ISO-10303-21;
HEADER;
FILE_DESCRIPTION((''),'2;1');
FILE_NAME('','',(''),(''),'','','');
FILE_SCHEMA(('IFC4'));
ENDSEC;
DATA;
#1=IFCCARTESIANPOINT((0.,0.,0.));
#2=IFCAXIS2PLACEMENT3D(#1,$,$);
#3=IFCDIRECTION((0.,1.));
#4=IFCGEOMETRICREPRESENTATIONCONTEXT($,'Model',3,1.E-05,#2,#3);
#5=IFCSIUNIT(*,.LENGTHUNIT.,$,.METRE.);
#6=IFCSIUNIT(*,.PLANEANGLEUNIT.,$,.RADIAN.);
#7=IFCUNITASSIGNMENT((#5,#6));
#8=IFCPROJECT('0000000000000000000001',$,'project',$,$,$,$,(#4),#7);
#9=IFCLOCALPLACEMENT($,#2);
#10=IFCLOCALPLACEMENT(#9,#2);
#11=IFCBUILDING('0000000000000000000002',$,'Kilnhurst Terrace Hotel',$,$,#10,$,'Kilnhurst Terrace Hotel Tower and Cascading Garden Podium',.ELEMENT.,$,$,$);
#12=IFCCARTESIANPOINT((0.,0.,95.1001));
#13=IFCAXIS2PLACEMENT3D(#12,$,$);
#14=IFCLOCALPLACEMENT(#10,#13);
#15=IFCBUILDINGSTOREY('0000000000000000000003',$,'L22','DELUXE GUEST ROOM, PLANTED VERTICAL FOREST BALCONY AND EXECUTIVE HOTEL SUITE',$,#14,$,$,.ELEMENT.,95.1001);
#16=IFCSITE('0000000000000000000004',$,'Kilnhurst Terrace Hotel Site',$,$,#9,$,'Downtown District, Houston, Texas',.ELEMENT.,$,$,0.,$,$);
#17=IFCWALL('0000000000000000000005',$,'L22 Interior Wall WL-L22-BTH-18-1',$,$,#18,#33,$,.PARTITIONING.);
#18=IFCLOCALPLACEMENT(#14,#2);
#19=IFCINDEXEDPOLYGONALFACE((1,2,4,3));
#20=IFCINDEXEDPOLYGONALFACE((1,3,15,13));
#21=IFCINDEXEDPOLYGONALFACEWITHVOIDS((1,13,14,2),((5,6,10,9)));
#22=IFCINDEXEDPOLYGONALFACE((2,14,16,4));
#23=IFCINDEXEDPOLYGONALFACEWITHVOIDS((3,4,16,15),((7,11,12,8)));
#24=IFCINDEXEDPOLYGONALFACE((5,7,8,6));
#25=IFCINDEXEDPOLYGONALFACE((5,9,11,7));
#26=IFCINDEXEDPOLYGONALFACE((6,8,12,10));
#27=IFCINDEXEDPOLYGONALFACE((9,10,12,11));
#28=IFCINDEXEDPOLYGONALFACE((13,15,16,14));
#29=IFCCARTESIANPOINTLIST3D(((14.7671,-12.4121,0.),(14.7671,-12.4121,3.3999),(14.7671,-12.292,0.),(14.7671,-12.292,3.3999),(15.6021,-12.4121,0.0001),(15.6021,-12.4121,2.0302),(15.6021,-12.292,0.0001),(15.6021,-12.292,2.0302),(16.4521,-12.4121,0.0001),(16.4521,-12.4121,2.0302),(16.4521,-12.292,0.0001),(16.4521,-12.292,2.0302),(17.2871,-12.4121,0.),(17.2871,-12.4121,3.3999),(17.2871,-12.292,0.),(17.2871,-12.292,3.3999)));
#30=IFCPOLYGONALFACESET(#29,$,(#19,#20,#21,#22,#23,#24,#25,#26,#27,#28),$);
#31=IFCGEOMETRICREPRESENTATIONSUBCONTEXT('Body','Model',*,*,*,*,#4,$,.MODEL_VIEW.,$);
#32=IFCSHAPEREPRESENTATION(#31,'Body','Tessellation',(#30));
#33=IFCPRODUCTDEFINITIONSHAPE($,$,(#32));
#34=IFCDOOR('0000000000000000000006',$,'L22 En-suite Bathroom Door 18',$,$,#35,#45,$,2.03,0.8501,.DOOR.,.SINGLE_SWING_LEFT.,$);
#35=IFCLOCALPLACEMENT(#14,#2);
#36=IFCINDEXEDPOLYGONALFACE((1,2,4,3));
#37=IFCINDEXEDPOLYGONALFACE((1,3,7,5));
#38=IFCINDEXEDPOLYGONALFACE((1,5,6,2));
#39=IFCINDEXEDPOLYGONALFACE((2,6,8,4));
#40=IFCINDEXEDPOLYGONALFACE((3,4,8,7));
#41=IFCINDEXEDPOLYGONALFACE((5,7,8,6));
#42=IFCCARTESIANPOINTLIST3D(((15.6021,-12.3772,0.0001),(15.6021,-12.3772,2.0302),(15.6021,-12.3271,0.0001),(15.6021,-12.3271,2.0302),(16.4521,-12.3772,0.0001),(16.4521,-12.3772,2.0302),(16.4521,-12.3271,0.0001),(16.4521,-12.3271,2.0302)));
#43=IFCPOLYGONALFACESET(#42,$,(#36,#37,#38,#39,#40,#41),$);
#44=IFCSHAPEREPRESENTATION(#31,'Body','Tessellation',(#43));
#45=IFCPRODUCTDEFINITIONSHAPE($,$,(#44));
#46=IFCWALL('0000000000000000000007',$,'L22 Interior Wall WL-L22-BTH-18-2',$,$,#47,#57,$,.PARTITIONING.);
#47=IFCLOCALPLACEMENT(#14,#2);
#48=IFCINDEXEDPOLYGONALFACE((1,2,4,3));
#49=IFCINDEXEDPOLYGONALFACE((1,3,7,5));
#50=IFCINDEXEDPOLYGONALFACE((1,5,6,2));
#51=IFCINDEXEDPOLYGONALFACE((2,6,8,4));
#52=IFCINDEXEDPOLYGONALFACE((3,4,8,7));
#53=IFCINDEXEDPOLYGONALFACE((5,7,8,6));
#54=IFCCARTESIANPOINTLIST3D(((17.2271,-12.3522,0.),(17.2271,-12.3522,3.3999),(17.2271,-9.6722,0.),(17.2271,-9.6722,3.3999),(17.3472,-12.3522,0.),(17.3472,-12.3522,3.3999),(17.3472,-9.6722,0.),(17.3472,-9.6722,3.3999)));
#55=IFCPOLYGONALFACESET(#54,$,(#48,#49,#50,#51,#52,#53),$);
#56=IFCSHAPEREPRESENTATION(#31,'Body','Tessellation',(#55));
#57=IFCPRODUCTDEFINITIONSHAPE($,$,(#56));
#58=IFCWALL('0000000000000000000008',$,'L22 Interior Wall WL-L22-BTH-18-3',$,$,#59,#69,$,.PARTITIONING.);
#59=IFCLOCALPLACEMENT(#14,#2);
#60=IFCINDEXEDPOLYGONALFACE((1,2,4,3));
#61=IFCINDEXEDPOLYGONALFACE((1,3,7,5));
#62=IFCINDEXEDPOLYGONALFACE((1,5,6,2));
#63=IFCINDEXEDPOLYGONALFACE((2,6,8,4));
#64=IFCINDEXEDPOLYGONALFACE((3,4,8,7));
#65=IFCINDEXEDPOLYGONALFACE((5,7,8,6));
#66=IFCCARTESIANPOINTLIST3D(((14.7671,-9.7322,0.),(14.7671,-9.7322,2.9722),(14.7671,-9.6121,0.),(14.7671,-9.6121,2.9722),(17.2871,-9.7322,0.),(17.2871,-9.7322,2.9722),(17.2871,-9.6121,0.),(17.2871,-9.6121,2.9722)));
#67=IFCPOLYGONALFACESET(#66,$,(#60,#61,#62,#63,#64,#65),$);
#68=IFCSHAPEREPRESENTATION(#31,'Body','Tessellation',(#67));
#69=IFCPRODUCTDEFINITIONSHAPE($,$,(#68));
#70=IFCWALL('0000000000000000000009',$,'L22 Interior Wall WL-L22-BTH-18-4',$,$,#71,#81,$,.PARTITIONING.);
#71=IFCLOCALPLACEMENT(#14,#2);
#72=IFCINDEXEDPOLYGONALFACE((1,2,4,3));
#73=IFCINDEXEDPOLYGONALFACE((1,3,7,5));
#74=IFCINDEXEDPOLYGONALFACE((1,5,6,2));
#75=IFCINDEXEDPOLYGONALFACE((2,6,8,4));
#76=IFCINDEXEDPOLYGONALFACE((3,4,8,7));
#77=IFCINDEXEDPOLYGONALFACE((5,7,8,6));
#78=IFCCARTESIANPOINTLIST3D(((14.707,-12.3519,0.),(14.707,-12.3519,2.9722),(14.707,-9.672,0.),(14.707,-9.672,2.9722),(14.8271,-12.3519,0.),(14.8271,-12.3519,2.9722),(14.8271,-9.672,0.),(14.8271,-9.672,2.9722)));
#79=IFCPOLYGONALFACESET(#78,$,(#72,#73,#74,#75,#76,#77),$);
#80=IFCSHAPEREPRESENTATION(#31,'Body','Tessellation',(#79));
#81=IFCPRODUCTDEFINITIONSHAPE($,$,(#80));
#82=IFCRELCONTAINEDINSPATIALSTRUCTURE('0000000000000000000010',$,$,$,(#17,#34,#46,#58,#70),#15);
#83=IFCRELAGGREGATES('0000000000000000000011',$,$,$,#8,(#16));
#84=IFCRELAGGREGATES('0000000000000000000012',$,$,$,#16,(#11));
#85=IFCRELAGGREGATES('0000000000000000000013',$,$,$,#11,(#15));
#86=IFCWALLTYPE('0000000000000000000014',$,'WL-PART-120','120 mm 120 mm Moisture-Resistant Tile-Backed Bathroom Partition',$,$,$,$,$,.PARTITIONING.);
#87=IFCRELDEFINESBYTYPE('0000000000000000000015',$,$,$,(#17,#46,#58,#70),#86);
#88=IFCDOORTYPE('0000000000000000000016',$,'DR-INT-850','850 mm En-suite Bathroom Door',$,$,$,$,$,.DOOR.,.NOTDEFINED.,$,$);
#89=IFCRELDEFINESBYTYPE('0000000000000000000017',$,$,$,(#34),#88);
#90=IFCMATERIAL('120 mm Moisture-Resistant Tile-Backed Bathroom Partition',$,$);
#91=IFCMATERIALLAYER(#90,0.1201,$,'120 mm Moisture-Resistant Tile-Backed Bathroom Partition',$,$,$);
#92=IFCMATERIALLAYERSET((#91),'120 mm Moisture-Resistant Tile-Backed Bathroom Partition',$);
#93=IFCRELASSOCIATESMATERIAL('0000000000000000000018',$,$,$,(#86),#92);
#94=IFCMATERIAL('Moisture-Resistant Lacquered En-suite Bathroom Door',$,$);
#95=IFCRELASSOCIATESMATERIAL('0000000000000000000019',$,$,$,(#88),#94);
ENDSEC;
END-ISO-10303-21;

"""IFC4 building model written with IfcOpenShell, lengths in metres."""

from ifc_helpers import new_model, si_unit, direction, frame, frame_2d, origin, place, context, subcontext, project, spatial, rectangle, extrude, material, layer, layer_set, type_object, element, fill, save


model = new_model("IFC4")

# Units and contexts
model_context = context("Model", 3, precision=1e-05, world=origin(), true_north=direction((0.0, 1.0)))
body_context = subcontext(model_context, "Body", "Model", "MODEL_VIEW")
ifc_project = project(units=[si_unit("LENGTHUNIT", "METRE"), si_unit("PLANEANGLEUNIT", "RADIAN")], contexts=[model_context])

# Site, building, storey
site_placement = place(None, origin())
site = spatial("IfcSite", under=ifc_project, at=site_placement, Name="Kilnhurst Terrace Hotel Site", LongName="Downtown District, Houston, Texas", CompositionType="ELEMENT", RefElevation=0.0)
building_placement = place(site_placement, origin())
building = spatial("IfcBuilding", under=site, at=building_placement, Name="Kilnhurst Terrace Hotel", LongName="Kilnhurst Terrace Hotel Tower and Cascading Garden Podium", CompositionType="ELEMENT")
storey_placement = place(building_placement, frame((0.0, 0.0, 95.1001)))
storey = spatial("IfcBuildingStorey", under=building, at=storey_placement, Name="L22", Description="DELUXE GUEST ROOM, PLANTED VERTICAL FOREST BALCONY AND EXECUTIVE HOTEL SUITE", CompositionType="ELEMENT", Elevation=95.1001)

# Shared definitions
ifc_material_1 = material(Name="120 mm Moisture-Resistant Tile-Backed Bathroom Partition")
ifc_layer_1 = layer(ifc_material_1, 0.1201, Name="120 mm Moisture-Resistant Tile-Backed Bathroom Partition")
ifc_layer_set_1 = layer_set([ifc_layer_1], Name="120 mm Moisture-Resistant Tile-Backed Bathroom Partition")
wall_type_1 = type_object("IfcWallType", Name="WL-PART-120", Description="120 mm 120 mm Moisture-Resistant Tile-Backed Bathroom Partition", PredefinedType="PARTITIONING", material=ifc_layer_set_1)

# Wall, opening, door
wall_1_placement = place(storey_placement, frame((14.7671, -12.3521, 0.0), z_axis=(0.0, 0.0, 1.0), x_axis=(1.0, 0.0, 0.0)))
wall_1 = element("IfcWall", 1, at=wall_1_placement, inside=storey, type_object=wall_type_1, Name="L22 Interior Wall WL-L22-BTH-18-1", PredefinedType="PARTITIONING", context=body_context, shape_type="SweptSolid", body=[
    extrude(rectangle(XDim=2.52, YDim=0.1201, at=frame_2d((1.26, 0.0))), origin(), (0.0, 0.0, 1.0), 3.3999),
])
opening_1_placement = place(wall_1_placement, frame((0.835, 0.0, 0.0)))
opening_1 = element("IfcOpeningElement", 2, at=opening_1_placement, cuts=wall_1, PredefinedType="OPENING", context=body_context, shape_type="SweptSolid", body=[
    extrude(rectangle(XDim=0.8501, YDim=2.03, at=frame_2d((0.425, 1.0151))), frame((0.0, 0.0701, 0.0), z_axis=(0.0, -1.0, 0.0), x_axis=(1.0, 0.0, 0.0)), (0.0, 0.0, 1.0), 0.1401),
])
ifc_material_2 = material(Name="Moisture-Resistant Lacquered En-suite Bathroom Door")
door_type_1 = type_object("IfcDoorType", Name="DR-INT-850", Description="850 mm En-suite Bathroom Door", OperationType="NOTDEFINED", PredefinedType="DOOR", material=ifc_material_2)
door_1_placement = place(opening_1_placement, origin())
door_1 = element("IfcDoor", 3, at=door_1_placement, inside=storey, type_object=door_type_1, Name="L22 En-suite Bathroom Door 18", OperationType="SINGLE_SWING_LEFT", OverallHeight=2.03, OverallWidth=0.8501, PredefinedType="DOOR", context=body_context, shape_type="SweptSolid", body=[
    extrude(rectangle(XDim=0.8501, YDim=2.03, at=frame_2d((0.425, 1.0151))), frame((0.0, 0.0249, 0.0), z_axis=(0.0, -1.0, 0.0), x_axis=(1.0, 0.0, 0.0)), (0.0, 0.0, 1.0), 0.05),
])
fill(opening_1, door_1)

# Walls
wall_2_placement = place(storey_placement, frame((17.2871, -12.3521, 0.0), z_axis=(0.0, 0.0, 1.0), x_axis=(0.0, 1.0, 0.0)))
element("IfcWall", 4, at=wall_2_placement, inside=storey, type_object=wall_type_1, Name="L22 Interior Wall WL-L22-BTH-18-2", PredefinedType="PARTITIONING", context=body_context, shape_type="SweptSolid", body=[
    extrude(rectangle(XDim=2.6799, YDim=0.1201, at=frame_2d((1.3398, 0.0))), origin(), (0.0, 0.0, 1.0), 3.3999),
])
wall_3_placement = place(storey_placement, frame((17.2871, -9.6721, 0.0), z_axis=(0.0, 0.0, 1.0), x_axis=(-1.0, 0.0, 0.0)))
element("IfcWall", 5, at=wall_3_placement, inside=storey, type_object=wall_type_1, Name="L22 Interior Wall WL-L22-BTH-18-3", PredefinedType="PARTITIONING", context=body_context, shape_type="SweptSolid", body=[
    extrude(rectangle(XDim=2.52, YDim=0.1201, at=frame_2d((1.26, 0.0))), origin(), (0.0, 0.0, 1.0), 2.9722),
])
wall_4_placement = place(storey_placement, frame((14.7671, -9.6721, 0.0), z_axis=(0.0, 0.0, 1.0), x_axis=(0.0, -1.0, 0.0)))
element("IfcWall", 6, at=wall_4_placement, inside=storey, type_object=wall_type_1, Name="L22 Interior Wall WL-L22-BTH-18-4", PredefinedType="PARTITIONING", context=body_context, shape_type="SweptSolid", body=[
    extrude(rectangle(XDim=2.6799, YDim=0.1201, at=frame_2d((1.3398, 0.0))), origin(), (0.0, 0.0, 1.0), 2.9722),
])

save(model, "model.ifc")
